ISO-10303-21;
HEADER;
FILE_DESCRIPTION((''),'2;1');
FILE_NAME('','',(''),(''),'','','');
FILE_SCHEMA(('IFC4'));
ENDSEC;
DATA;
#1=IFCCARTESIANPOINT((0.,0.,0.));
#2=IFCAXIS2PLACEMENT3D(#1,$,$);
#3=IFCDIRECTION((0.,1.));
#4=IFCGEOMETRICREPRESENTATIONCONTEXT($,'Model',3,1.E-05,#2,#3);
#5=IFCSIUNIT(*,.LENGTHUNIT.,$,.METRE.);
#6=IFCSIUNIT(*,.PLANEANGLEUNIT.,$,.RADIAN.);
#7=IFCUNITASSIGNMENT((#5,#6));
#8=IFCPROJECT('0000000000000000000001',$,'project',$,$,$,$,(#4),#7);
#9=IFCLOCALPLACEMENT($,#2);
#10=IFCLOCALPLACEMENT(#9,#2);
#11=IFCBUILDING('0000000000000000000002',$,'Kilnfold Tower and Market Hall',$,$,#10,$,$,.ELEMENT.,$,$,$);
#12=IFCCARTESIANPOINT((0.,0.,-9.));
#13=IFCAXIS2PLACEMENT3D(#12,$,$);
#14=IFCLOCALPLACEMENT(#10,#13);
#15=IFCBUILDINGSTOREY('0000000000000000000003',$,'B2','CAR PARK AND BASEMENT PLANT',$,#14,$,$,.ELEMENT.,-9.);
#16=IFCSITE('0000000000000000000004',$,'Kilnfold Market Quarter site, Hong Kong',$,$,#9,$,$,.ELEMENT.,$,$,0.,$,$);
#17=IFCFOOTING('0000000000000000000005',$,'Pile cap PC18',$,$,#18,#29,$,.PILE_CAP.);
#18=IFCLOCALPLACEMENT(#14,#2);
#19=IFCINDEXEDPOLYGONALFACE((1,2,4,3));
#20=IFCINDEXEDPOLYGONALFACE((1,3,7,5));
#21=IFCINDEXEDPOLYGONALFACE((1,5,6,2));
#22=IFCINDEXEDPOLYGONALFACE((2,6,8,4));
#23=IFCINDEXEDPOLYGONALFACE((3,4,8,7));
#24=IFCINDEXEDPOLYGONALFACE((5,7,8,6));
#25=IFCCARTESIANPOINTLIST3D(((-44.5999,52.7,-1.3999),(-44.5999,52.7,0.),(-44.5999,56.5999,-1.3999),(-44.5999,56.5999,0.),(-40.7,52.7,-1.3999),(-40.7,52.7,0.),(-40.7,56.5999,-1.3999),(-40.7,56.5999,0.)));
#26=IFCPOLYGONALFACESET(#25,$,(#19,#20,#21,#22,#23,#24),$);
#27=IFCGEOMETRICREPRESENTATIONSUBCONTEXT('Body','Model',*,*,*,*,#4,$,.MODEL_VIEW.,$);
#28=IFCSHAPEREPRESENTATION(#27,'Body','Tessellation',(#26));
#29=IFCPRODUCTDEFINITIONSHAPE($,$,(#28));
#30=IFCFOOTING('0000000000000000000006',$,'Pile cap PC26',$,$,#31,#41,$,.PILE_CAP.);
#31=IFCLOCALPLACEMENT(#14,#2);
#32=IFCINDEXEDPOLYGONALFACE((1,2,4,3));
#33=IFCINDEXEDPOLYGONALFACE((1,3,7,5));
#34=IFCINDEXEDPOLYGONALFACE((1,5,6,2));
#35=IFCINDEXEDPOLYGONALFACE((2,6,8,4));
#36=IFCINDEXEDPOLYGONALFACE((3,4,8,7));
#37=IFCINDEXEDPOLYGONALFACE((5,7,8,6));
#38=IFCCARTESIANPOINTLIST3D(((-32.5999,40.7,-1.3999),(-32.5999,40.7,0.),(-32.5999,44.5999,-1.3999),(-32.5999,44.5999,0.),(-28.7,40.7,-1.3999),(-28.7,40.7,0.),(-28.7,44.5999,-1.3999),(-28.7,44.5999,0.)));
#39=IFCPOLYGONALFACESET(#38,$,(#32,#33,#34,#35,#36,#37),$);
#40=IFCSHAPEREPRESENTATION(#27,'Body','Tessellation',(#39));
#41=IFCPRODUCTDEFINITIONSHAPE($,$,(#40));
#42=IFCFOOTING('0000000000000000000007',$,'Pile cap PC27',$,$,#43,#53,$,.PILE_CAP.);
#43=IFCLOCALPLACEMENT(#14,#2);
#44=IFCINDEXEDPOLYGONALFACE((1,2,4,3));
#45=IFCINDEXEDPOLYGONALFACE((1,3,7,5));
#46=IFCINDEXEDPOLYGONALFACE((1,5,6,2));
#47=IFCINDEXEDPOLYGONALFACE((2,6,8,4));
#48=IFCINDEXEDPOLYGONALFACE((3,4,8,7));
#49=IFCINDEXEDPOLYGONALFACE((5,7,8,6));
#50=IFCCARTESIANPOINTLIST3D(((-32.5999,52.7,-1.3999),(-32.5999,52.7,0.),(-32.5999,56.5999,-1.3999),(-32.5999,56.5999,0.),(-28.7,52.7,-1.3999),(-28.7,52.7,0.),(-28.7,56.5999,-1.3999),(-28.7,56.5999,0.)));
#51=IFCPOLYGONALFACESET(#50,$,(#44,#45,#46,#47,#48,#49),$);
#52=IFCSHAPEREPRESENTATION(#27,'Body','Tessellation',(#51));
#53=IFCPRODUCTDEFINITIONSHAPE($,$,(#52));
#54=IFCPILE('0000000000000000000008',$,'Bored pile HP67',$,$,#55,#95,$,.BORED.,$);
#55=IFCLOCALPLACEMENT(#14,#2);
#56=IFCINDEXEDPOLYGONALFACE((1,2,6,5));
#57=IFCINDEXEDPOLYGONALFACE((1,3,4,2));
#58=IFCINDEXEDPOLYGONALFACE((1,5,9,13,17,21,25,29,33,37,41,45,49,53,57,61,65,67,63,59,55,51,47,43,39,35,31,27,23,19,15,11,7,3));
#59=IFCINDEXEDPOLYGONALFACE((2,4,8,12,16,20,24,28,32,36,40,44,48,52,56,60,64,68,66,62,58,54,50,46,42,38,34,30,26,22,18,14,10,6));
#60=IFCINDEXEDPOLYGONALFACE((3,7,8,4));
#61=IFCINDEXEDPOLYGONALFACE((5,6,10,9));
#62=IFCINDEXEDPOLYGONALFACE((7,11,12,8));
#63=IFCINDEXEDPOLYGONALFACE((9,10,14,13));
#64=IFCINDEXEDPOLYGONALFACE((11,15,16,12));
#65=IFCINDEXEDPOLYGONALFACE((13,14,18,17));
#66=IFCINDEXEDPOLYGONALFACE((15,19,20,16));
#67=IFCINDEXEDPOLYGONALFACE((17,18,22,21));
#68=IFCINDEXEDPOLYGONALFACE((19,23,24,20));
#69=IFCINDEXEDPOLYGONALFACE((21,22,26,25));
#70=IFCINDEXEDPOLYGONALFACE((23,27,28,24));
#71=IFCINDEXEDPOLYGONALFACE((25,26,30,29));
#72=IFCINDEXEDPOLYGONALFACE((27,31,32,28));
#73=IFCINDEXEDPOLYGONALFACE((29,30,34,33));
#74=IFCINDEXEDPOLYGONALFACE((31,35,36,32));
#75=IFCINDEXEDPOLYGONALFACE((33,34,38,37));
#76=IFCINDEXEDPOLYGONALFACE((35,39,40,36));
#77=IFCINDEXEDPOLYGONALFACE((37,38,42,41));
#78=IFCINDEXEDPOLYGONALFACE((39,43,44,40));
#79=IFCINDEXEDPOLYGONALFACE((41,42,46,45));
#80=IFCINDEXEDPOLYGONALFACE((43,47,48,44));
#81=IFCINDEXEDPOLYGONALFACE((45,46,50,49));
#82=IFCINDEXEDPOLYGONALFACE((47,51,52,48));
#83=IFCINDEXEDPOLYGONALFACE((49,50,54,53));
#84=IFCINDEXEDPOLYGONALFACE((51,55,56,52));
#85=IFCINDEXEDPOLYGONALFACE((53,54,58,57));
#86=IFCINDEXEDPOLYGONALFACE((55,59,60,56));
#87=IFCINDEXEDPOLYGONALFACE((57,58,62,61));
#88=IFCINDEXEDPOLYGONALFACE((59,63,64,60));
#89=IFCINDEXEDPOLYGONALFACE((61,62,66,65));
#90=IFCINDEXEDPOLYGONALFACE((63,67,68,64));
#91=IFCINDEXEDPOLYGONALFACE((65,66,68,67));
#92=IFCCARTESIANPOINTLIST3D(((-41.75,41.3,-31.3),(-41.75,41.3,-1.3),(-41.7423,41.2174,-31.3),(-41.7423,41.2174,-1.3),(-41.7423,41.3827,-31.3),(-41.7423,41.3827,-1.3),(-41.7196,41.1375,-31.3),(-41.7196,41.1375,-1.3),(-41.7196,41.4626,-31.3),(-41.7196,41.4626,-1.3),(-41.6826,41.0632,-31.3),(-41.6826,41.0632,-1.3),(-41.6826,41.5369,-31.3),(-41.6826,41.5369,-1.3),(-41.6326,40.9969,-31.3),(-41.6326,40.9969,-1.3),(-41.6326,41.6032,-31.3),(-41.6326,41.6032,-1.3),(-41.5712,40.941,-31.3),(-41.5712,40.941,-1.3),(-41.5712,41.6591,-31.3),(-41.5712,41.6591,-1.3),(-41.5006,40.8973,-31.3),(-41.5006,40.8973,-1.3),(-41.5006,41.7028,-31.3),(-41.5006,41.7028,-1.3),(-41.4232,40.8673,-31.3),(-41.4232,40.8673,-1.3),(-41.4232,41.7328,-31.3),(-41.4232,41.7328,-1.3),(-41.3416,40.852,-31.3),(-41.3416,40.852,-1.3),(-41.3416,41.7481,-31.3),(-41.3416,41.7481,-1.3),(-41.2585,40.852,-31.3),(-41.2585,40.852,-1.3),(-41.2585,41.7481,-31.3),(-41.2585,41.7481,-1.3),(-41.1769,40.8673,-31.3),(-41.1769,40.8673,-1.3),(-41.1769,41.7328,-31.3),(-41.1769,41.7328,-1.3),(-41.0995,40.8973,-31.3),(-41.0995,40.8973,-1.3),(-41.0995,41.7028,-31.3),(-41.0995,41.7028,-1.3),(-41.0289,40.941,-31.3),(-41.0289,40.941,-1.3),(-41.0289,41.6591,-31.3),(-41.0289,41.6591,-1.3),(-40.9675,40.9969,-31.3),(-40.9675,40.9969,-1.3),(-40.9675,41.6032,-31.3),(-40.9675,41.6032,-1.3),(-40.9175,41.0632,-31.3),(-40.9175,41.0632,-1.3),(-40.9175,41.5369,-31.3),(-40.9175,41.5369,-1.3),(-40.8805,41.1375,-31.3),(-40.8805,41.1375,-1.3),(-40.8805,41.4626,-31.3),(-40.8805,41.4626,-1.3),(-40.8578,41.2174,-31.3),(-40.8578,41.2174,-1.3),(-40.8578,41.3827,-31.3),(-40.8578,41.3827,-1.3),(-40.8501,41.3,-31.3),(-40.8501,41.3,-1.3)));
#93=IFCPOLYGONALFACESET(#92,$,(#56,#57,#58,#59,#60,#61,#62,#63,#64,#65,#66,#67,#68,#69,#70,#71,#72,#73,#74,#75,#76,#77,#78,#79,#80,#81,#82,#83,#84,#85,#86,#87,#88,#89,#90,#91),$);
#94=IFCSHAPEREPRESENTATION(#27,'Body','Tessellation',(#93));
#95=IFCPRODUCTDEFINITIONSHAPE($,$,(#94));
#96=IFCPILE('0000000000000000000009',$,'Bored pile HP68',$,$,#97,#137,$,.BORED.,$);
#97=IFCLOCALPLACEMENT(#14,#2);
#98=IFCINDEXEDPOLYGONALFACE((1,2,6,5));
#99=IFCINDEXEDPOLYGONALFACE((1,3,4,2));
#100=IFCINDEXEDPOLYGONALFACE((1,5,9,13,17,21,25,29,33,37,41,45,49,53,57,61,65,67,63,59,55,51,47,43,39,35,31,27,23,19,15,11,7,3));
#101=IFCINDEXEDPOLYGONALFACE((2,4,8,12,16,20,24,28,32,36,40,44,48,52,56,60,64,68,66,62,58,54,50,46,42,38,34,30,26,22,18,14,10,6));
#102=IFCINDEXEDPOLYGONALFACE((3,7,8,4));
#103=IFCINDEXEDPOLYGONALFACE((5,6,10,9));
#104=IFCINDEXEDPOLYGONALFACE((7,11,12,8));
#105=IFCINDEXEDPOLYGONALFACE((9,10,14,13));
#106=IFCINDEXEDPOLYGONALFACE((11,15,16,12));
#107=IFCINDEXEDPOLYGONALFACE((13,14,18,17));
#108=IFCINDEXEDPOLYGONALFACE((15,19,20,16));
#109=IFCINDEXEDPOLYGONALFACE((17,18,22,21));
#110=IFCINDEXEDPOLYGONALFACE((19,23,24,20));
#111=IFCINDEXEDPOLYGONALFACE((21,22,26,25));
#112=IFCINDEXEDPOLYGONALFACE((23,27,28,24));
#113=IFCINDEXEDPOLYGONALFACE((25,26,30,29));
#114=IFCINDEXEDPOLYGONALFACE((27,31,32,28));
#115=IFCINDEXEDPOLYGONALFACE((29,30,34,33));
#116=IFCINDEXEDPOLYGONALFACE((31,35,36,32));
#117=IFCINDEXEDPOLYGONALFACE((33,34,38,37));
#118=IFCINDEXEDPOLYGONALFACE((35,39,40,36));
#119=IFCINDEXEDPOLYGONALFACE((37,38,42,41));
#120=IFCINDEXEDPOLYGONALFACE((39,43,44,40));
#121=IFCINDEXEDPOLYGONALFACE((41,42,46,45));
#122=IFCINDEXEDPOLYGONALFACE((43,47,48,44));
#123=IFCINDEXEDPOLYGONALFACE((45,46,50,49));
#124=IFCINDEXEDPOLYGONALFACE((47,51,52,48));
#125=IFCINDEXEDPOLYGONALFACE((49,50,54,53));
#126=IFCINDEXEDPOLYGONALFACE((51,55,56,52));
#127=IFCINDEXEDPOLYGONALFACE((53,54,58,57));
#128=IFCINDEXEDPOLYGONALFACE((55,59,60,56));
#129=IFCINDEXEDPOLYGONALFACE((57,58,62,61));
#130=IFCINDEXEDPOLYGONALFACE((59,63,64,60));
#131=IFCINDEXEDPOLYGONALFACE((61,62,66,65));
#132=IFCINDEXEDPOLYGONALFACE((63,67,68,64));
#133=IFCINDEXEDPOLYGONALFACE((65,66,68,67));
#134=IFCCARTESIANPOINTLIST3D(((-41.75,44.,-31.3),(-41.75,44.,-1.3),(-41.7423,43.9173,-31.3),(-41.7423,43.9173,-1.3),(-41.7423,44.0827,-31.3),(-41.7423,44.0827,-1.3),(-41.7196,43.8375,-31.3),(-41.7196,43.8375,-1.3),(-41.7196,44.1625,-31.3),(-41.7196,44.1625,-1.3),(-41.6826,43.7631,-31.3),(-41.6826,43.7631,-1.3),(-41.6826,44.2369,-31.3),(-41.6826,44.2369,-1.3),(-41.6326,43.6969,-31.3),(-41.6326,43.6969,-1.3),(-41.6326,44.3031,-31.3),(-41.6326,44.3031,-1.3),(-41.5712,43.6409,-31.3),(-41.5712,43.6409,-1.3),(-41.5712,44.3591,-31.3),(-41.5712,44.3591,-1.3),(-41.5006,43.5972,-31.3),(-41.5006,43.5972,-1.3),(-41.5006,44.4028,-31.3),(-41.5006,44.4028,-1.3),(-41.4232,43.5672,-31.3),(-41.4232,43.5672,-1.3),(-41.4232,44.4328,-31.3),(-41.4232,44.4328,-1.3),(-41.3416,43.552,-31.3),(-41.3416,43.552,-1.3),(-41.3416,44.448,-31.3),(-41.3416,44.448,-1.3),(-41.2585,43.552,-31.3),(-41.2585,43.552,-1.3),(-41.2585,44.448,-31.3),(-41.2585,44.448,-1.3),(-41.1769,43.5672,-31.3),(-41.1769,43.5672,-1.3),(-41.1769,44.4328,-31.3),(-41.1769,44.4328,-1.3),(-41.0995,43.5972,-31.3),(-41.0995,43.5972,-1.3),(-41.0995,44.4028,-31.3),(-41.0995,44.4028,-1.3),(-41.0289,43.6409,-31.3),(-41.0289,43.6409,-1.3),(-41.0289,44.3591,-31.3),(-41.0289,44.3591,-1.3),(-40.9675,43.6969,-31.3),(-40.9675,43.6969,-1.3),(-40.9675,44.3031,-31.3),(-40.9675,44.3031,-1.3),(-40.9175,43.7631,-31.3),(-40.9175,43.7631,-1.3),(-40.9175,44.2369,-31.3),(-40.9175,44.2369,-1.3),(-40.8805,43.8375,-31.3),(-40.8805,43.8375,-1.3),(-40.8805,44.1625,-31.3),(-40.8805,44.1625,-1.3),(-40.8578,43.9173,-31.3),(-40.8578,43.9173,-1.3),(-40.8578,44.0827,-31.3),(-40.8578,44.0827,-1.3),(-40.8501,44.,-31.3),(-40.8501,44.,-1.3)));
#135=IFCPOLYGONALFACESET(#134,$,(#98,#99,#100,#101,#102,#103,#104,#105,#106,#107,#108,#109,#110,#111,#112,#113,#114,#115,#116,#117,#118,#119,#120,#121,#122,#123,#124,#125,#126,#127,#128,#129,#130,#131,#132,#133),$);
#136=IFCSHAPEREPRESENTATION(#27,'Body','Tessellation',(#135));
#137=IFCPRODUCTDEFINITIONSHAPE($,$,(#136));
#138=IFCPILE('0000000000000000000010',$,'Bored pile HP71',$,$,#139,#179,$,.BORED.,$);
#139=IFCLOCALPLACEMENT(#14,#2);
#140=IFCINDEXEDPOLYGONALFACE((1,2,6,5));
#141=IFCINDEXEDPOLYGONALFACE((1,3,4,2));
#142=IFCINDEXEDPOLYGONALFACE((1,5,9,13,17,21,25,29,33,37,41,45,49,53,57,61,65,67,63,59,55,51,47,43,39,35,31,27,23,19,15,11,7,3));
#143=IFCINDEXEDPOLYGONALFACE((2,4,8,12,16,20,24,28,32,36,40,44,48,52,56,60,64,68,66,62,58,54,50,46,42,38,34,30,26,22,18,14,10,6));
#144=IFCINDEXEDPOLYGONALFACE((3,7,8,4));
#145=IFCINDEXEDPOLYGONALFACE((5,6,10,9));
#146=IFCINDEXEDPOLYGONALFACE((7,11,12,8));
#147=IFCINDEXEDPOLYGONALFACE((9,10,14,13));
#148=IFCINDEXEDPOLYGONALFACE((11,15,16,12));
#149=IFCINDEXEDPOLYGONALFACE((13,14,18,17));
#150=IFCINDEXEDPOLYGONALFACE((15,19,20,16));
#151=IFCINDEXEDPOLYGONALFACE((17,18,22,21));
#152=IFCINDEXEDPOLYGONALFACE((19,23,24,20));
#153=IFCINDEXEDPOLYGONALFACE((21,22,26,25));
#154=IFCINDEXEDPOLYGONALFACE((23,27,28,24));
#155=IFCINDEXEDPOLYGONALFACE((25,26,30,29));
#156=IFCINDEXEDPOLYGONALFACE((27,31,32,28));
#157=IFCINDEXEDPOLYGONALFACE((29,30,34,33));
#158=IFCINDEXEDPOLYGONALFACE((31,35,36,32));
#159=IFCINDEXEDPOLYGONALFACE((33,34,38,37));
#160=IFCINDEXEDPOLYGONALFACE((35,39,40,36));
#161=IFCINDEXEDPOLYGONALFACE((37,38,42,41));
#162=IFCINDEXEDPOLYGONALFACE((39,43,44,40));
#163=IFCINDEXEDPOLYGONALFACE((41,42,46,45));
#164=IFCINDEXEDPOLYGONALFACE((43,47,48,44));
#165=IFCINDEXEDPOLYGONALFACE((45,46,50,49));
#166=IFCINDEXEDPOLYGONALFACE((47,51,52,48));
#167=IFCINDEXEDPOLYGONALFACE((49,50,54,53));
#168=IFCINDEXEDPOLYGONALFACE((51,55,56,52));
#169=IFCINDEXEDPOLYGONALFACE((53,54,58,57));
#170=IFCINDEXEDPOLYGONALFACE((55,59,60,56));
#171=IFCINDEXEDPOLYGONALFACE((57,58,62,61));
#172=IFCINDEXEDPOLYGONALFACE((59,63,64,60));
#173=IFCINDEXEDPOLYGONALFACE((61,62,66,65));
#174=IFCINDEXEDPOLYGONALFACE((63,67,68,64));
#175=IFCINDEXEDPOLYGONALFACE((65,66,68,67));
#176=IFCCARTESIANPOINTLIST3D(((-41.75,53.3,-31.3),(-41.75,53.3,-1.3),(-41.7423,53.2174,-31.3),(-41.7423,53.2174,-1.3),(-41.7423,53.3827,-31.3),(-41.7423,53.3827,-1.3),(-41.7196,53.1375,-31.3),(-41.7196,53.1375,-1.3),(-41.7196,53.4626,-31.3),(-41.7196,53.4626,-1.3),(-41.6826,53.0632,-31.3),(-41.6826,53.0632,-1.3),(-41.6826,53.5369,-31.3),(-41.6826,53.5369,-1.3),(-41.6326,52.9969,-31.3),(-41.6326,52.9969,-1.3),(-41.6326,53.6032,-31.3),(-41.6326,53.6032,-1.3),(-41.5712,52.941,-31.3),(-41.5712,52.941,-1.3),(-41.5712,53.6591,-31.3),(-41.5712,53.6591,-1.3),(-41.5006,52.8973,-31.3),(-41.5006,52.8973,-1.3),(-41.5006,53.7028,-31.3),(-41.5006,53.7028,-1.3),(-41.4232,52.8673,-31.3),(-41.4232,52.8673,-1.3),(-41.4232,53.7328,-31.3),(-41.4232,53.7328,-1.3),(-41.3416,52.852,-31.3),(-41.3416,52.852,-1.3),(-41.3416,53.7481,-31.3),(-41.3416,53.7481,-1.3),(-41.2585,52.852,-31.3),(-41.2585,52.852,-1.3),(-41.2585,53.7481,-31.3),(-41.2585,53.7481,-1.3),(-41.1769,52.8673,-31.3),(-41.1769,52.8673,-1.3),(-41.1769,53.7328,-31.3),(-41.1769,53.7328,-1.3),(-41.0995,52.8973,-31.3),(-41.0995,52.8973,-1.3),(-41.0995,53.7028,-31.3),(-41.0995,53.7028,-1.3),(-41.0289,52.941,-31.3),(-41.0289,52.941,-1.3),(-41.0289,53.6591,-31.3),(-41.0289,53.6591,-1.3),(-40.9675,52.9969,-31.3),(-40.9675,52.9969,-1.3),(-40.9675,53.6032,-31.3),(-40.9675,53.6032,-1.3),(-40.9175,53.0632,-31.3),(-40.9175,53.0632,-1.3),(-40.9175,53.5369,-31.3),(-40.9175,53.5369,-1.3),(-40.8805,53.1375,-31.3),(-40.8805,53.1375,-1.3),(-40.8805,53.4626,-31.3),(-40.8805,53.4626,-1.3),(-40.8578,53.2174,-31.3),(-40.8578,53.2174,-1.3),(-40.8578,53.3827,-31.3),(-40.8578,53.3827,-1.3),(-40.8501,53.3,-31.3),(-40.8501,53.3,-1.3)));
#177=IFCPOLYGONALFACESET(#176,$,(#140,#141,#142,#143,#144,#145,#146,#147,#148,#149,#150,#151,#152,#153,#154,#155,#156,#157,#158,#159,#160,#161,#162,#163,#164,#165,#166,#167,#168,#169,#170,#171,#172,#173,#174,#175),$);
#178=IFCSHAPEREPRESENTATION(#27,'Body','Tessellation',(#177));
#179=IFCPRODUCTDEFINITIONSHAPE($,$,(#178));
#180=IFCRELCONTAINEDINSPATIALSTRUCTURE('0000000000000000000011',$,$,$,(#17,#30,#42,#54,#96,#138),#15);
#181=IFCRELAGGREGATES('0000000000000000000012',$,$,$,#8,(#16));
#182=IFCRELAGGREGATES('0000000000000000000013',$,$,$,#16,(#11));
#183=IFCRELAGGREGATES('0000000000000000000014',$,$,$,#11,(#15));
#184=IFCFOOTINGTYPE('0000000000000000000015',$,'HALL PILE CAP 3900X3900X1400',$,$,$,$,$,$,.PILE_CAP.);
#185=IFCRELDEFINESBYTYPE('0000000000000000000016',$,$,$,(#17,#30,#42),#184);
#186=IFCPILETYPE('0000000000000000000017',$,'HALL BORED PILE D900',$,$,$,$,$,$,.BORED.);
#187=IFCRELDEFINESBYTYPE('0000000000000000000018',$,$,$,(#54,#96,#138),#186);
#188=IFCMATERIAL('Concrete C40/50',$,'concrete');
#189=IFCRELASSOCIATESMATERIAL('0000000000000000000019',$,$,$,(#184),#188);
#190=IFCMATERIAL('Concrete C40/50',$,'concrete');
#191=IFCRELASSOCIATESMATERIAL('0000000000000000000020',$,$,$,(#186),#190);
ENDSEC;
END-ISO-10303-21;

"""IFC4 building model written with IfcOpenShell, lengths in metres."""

from ifc_helpers import new_model, si_unit, direction, frame, origin, origin_2d, place, context, subcontext, project, spatial, rectangle, circle, extrude, source, transform, mapped, material, material_profile, profile_set, type_object, element, save


model = new_model("IFC4")

# Units and contexts
model_context = context("Model", 3, precision=1e-05, world=origin(), true_north=direction((0.0, 1.0)))
body_context = subcontext(model_context, "Body", "Model", "MODEL_VIEW")
ifc_project = project(units=[si_unit("LENGTHUNIT", "METRE"), si_unit("PLANEANGLEUNIT", "RADIAN")], contexts=[model_context])

# Site, building, storey
site_placement = place(None, origin())
site = spatial("IfcSite", under=ifc_project, at=site_placement, Name="Kilnfold Market Quarter site, Hong Kong", CompositionType="ELEMENT", RefElevation=0.0)
building_placement = place(site_placement, origin())
building = spatial("IfcBuilding", under=site, at=building_placement, Name="Kilnfold Tower and Market Hall", CompositionType="ELEMENT")
storey_placement = place(building_placement, frame((0.0, 0.0, -9.0)))
storey = spatial("IfcBuildingStorey", under=building, at=storey_placement, Name="B2", Description="CAR PARK AND BASEMENT PLANT", CompositionType="ELEMENT", Elevation=-9.0)

# Footings
ifc_material_1 = material(Name="Concrete C40/50", Category="concrete")
footing_type = type_object("IfcFootingType", Name="HALL PILE CAP 3900X3900X1400", PredefinedType="PILE_CAP", material=ifc_material_1)
shared_shape_1 = source(origin(), body_context, "Body", "SweptSolid", [
    extrude(rectangle(XDim=3.8999, YDim=3.8999, at=origin_2d()), origin(), (0.0, 0.0, 1.0), 1.3999),
])
for number, where, z_axis, x_axis, name in (
    (1, (-42.6499, 54.6499, -1.3999), (0.0, 0.0, 1.0), (1.0, 0.0, 0.0), "Pile cap PC18"),
    (2, (-30.6499, 42.6499, -1.3999), (0.0, 0.0, 1.0), (1.0, 0.0, 0.0), "Pile cap PC26"),
    (3, (-30.6499, 54.6499, -1.3999), (0.0, 0.0, 1.0), (1.0, 0.0, 0.0), "Pile cap PC27"),
):
    element("IfcFooting", number, at=place(storey_placement, frame(where, z_axis=z_axis, x_axis=x_axis)), inside=storey, type_object=footing_type, Name=name, PredefinedType="PILE_CAP", context=body_context, shape_type="MappedRepresentation", body=[
        mapped(shared_shape_1, transform((0.0, 0.0, 0.0))),
    ])

# Piles
ifc_material_2 = material(Name="Concrete C40/50", Category="concrete")
ifc_material_profile_1 = material_profile(ifc_material_2, circle(Radius=0.45, at=origin_2d()), Name="D900")
ifc_profile_set_1 = profile_set([ifc_material_profile_1], Name="Concrete C40/50")
pile_type = type_object("IfcPileType", Name="HALL BORED PILE D900", PredefinedType="BORED", material=ifc_profile_set_1)
shared_shape_2 = source(origin(), body_context, "Body", "SweptSolid", [
    extrude(circle(Radius=0.45, at=origin_2d()), origin(), (0.0, 0.0, 1.0), 30.0),
])
for number, where, z_axis, x_axis, name in (
    (4, (-41.3, 41.3, -1.3), (0.0, 0.0, -1.0), (1.0, 0.0, 0.0), "Bored pile HP67"),
    (5, (-41.3, 44.0, -1.3), (0.0, 0.0, -1.0), (1.0, 0.0, 0.0), "Bored pile HP68"),
    (6, (-41.3, 53.3, -1.3), (0.0, 0.0, -1.0), (1.0, 0.0, 0.0), "Bored pile HP71"),
):
    element("IfcPile", number, at=place(storey_placement, frame(where, z_axis=z_axis, x_axis=x_axis)), inside=storey, type_object=pile_type, Name=name, PredefinedType="BORED", context=body_context, shape_type="MappedRepresentation", body=[
        mapped(shared_shape_2, transform((0.0, 0.0, 0.0))),
    ])

save(model, "model.ifc")
